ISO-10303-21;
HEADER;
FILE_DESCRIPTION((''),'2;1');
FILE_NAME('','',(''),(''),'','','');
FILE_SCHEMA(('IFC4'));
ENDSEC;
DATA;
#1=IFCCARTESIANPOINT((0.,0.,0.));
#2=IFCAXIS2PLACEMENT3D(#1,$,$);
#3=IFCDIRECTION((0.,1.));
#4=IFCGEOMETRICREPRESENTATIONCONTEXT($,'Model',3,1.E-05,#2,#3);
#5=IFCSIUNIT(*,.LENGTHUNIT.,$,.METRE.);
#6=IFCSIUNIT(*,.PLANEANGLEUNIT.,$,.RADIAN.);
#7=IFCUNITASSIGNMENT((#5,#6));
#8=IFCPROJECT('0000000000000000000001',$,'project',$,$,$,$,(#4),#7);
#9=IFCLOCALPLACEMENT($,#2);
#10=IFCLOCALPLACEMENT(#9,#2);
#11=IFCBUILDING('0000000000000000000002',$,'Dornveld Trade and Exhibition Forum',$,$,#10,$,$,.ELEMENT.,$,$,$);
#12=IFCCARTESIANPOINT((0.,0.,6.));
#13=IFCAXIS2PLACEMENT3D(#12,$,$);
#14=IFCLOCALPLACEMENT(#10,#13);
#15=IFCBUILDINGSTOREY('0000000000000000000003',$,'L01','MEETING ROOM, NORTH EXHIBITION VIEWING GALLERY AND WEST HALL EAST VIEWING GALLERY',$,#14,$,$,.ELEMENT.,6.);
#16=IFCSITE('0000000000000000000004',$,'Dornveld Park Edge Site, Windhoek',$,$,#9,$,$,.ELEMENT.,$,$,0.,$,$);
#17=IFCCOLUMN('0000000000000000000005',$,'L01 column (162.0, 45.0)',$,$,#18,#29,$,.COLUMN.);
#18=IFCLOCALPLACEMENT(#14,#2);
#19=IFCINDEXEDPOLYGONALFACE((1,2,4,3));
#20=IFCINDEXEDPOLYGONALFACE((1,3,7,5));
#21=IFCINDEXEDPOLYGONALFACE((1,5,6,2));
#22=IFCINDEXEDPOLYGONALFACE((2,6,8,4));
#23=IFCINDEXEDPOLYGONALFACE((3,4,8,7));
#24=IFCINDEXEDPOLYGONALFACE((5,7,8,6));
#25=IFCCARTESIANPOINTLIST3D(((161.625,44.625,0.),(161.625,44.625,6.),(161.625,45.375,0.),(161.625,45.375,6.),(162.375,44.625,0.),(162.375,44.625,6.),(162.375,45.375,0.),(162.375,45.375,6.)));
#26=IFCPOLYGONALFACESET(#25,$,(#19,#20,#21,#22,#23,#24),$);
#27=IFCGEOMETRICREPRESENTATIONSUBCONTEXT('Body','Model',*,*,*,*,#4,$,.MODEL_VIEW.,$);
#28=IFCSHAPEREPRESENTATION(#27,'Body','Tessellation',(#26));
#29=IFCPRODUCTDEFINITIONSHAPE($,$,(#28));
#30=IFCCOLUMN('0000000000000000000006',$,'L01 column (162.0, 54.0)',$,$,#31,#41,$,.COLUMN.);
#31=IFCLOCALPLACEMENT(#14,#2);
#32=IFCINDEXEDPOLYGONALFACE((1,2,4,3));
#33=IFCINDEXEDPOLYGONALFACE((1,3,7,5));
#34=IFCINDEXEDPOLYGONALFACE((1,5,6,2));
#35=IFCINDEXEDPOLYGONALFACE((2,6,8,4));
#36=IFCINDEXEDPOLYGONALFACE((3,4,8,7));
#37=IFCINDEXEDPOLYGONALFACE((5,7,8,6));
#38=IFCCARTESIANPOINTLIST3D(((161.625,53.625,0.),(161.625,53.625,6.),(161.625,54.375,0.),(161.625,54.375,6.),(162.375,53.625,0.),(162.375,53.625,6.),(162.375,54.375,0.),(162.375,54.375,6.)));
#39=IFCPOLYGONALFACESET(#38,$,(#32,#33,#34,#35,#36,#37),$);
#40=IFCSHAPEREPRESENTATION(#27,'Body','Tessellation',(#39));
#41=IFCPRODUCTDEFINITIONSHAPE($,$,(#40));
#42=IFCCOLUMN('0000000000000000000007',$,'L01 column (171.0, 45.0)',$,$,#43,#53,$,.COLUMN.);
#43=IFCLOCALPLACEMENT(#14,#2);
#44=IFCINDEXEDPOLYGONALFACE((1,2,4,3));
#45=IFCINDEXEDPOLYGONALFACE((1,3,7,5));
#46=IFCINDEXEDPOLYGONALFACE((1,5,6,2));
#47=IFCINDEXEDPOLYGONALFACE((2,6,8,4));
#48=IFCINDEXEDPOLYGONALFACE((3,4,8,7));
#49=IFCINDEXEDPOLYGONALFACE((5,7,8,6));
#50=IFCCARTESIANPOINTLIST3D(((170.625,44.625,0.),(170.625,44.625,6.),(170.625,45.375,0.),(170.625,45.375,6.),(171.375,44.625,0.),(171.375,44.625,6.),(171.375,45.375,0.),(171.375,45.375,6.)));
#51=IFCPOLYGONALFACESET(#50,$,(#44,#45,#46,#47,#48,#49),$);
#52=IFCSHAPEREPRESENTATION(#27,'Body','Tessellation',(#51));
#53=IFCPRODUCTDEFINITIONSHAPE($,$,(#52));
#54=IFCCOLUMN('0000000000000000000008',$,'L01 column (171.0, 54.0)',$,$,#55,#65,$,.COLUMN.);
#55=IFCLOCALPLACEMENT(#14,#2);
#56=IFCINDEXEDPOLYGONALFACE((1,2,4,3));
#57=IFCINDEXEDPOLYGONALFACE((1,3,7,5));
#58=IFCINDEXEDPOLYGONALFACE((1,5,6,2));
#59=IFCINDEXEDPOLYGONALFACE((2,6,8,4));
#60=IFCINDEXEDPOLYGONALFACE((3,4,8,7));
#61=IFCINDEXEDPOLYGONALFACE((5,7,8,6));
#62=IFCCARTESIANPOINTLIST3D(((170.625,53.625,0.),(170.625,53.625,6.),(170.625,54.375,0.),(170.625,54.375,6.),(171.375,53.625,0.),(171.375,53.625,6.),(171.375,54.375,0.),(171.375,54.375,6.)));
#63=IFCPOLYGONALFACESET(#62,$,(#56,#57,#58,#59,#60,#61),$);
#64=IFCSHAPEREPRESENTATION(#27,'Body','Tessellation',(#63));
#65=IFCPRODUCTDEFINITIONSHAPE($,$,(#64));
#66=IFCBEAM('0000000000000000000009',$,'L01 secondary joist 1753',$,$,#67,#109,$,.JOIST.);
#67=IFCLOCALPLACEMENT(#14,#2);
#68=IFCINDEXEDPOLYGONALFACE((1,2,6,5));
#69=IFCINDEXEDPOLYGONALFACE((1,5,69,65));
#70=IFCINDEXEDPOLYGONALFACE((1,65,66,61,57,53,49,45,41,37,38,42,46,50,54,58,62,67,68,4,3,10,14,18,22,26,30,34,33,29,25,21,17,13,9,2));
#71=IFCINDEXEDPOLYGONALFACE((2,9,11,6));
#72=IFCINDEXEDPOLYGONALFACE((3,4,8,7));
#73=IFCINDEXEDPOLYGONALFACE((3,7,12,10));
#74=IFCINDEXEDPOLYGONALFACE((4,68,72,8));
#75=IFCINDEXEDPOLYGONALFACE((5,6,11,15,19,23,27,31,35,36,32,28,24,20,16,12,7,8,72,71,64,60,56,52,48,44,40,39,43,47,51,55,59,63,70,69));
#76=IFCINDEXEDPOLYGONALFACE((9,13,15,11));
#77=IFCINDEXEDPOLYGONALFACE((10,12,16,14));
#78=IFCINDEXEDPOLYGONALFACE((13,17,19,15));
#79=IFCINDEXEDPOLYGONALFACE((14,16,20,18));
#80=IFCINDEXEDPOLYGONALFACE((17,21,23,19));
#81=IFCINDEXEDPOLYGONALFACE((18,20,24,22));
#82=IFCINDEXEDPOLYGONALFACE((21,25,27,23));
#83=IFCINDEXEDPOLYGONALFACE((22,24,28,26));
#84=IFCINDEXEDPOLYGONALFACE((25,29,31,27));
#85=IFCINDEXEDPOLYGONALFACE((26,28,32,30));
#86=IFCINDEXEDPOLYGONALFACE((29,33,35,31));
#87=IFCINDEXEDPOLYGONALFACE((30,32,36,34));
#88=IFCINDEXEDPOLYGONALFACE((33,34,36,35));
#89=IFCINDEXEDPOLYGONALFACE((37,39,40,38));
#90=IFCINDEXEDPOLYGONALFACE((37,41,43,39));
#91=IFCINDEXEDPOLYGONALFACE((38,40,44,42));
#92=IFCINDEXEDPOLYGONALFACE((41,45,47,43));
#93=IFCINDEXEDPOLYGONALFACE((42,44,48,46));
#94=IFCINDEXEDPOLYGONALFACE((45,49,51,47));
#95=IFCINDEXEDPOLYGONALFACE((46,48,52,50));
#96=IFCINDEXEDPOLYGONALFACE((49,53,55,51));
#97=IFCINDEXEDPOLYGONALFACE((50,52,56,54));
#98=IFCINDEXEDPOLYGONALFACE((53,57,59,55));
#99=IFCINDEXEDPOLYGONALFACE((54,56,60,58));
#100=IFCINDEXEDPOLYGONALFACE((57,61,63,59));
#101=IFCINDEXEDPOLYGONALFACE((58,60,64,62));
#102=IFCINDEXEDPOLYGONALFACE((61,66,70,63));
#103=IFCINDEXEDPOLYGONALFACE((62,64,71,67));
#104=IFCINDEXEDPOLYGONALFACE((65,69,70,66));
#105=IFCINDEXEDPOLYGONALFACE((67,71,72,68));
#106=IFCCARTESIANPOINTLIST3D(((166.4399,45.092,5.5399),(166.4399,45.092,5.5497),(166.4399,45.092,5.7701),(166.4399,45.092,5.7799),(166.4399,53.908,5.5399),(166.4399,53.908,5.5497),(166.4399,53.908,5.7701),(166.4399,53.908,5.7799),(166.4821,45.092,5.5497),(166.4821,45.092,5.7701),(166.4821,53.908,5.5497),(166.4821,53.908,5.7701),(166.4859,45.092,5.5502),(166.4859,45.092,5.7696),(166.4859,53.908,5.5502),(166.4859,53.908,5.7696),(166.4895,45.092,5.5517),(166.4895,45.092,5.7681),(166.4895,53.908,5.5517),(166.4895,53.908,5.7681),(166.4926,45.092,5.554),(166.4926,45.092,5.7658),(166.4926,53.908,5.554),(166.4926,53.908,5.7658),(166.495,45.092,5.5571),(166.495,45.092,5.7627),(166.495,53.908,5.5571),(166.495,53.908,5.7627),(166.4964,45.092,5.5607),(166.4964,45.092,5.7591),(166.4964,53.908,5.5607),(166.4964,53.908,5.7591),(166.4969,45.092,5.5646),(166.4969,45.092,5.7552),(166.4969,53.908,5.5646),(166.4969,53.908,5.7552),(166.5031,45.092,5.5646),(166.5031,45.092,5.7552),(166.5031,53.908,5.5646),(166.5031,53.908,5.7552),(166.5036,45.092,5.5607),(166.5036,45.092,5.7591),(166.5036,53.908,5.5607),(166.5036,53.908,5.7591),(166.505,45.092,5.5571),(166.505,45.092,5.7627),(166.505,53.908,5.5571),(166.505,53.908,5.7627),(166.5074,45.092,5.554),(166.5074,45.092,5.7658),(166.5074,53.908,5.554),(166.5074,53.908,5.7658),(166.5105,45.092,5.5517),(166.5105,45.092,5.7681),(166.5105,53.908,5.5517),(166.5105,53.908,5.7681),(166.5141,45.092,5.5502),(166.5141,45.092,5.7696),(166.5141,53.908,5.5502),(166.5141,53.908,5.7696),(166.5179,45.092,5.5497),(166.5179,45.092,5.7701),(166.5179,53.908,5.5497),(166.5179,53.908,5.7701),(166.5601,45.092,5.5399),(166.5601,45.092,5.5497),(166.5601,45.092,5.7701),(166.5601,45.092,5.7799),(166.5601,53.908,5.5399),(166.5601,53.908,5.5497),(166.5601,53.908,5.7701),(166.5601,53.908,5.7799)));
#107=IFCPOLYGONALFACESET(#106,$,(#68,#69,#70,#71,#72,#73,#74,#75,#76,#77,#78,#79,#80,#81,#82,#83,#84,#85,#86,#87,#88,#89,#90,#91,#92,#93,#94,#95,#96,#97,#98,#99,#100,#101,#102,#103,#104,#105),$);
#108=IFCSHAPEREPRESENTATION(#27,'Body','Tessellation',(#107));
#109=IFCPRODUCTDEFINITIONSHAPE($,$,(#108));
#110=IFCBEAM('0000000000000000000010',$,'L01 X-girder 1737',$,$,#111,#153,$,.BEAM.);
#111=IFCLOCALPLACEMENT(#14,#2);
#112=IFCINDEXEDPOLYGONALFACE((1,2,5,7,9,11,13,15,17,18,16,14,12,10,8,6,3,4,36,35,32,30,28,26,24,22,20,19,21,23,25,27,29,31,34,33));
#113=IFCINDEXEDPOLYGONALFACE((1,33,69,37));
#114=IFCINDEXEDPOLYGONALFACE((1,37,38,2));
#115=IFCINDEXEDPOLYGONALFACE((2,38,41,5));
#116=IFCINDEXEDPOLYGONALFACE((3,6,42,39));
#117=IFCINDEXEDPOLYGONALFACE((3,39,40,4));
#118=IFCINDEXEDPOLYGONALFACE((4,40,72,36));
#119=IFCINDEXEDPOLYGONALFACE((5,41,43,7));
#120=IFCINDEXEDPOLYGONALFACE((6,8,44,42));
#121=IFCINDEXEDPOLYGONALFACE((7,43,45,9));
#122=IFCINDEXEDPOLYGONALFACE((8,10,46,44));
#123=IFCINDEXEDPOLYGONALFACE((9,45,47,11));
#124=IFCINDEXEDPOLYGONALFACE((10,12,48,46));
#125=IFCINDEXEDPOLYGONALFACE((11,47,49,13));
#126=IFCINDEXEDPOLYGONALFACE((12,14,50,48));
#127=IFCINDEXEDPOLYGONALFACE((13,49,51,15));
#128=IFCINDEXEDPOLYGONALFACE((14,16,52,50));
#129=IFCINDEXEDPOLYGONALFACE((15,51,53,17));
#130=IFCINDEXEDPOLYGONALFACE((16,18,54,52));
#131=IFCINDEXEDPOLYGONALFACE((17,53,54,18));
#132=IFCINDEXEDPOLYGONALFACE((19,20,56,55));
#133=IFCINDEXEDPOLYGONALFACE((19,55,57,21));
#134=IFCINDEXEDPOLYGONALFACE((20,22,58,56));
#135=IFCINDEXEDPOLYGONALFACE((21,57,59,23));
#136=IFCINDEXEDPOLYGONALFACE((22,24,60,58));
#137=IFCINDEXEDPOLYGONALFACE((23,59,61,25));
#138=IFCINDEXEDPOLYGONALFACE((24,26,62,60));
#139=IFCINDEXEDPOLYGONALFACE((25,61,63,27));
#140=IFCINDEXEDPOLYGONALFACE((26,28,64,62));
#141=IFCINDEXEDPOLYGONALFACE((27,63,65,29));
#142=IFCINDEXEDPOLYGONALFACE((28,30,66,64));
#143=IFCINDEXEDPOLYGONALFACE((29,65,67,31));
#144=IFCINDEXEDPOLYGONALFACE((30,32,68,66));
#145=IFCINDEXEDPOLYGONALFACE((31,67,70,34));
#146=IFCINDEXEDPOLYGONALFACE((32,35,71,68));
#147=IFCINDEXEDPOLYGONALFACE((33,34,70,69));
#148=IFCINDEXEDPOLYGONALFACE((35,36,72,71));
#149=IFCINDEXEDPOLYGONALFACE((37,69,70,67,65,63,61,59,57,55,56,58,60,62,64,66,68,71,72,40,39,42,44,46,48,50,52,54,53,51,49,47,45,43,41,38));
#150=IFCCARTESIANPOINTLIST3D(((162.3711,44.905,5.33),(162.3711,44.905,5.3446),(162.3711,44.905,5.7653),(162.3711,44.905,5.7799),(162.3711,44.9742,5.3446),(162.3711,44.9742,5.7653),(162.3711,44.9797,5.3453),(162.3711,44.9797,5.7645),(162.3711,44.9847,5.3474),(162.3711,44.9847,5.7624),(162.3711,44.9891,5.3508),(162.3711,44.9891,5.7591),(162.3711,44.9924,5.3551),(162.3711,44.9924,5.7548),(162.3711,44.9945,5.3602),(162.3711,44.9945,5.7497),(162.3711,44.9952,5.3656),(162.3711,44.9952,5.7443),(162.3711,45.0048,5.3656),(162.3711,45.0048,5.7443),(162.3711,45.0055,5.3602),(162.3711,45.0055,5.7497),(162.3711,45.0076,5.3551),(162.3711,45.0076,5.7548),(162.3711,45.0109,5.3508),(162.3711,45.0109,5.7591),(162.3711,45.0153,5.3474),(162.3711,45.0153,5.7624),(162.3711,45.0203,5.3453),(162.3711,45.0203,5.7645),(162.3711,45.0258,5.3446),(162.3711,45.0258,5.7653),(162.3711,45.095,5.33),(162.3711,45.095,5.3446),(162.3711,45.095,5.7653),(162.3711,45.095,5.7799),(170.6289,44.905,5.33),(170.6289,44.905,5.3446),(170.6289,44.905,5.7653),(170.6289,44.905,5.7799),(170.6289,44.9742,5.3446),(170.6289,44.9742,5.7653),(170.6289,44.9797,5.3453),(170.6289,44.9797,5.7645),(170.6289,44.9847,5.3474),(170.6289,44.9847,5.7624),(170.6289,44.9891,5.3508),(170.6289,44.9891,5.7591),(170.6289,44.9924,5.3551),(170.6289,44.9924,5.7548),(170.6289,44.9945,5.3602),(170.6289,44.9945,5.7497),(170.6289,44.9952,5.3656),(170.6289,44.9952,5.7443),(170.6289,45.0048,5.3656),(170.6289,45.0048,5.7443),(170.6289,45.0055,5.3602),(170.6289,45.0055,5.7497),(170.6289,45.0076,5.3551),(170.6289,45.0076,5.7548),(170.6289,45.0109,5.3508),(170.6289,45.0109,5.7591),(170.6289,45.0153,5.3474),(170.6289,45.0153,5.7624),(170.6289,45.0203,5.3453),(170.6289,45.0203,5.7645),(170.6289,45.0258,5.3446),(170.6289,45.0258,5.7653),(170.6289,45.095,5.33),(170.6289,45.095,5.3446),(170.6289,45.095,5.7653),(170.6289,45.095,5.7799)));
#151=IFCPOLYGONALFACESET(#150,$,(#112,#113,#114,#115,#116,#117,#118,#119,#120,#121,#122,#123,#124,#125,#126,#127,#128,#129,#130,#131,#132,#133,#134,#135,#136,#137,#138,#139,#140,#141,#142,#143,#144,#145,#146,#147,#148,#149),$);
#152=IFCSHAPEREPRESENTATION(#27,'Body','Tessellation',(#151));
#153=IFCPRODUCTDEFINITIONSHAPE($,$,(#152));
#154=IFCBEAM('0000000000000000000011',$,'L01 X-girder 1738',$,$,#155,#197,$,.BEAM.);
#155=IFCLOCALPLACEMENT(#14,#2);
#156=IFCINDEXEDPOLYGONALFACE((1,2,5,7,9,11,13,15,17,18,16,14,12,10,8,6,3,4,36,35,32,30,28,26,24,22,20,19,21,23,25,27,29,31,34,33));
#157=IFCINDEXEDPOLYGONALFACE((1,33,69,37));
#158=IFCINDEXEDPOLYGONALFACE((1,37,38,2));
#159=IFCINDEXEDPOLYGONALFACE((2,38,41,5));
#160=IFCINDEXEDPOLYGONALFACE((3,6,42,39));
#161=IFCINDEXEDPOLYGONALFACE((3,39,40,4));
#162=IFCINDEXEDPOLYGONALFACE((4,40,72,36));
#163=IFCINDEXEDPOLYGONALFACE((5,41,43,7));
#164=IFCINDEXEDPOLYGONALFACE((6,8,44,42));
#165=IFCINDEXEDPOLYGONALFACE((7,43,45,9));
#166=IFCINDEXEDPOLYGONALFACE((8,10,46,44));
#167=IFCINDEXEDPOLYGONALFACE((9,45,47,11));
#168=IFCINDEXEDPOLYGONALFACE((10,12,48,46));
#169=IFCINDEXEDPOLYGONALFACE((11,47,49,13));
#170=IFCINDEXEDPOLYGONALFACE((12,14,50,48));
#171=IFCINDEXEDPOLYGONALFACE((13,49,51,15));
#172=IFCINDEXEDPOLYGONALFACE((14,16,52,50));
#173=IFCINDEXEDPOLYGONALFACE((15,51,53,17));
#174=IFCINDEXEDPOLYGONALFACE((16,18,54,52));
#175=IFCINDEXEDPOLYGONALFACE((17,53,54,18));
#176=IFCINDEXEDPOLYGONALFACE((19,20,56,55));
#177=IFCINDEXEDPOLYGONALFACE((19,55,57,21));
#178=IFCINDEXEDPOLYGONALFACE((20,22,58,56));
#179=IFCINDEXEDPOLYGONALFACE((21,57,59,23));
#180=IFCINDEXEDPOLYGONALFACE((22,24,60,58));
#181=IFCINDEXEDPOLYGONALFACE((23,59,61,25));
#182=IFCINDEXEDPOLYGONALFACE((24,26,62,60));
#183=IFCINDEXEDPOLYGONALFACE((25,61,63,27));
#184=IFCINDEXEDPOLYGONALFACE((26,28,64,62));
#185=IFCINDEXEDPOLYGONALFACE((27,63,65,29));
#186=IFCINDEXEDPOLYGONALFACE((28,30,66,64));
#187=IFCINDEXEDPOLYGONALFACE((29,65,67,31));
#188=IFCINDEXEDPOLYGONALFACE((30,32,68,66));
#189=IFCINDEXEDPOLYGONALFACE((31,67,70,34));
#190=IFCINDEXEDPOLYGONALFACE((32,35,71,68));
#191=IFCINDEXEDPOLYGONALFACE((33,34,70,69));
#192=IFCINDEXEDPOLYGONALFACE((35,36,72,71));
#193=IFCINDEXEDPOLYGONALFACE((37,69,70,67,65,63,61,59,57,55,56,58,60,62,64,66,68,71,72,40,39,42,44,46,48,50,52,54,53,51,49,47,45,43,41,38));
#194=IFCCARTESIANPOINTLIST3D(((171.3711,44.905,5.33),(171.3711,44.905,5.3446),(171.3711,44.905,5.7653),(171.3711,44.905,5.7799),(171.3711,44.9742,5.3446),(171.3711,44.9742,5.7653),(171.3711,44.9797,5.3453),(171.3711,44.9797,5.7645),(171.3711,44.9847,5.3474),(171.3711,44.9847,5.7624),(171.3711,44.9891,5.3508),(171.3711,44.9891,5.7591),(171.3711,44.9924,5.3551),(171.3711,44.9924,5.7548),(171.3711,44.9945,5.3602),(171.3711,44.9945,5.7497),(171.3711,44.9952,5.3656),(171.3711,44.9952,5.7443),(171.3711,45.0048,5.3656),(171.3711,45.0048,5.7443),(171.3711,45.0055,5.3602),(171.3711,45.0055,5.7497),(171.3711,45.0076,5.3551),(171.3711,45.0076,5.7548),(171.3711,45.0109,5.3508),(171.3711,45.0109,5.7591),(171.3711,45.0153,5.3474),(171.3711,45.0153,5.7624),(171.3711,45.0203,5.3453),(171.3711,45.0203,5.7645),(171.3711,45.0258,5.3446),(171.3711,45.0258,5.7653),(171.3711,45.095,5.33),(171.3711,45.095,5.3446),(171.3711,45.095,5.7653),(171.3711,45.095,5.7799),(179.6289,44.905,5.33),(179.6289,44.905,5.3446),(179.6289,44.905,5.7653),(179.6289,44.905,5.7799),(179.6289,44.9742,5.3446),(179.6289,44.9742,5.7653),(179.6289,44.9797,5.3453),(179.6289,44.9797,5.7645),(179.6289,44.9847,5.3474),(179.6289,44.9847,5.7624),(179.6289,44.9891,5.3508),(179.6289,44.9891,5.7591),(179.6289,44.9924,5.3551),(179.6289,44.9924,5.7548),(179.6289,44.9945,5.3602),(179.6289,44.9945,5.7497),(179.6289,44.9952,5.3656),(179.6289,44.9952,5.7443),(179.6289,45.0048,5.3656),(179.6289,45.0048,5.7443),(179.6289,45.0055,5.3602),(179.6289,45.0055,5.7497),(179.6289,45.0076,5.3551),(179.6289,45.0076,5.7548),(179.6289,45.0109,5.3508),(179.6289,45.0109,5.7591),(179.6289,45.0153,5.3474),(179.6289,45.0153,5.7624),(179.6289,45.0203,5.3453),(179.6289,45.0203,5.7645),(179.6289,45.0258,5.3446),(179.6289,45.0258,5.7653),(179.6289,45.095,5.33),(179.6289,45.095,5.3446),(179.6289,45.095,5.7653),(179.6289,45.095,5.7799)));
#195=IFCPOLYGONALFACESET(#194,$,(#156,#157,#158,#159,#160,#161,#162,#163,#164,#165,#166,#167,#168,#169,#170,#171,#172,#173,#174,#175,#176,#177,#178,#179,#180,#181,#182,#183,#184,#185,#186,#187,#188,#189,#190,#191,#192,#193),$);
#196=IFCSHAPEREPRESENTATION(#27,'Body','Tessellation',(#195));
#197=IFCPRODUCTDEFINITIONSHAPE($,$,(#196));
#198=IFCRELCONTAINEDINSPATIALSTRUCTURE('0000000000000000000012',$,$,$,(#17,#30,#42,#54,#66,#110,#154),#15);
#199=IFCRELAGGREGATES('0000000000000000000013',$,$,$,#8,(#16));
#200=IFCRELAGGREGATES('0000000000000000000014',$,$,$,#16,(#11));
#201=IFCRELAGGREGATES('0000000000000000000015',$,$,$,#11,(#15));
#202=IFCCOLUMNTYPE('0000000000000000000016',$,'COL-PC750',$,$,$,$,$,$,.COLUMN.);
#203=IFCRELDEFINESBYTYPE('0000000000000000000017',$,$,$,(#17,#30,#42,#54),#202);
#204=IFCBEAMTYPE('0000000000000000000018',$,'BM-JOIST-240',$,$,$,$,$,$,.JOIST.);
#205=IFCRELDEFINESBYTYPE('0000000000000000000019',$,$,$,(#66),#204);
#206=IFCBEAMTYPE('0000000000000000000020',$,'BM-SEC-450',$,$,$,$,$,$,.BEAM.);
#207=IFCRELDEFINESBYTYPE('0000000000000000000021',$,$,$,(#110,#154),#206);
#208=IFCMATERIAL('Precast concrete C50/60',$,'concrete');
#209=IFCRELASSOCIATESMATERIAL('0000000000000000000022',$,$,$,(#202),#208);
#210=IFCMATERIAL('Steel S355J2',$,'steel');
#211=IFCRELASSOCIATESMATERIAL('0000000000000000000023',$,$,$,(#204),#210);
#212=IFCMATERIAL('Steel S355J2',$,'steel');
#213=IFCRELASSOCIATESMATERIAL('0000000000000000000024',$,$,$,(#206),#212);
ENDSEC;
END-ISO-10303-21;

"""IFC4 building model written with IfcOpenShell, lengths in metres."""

from ifc_helpers import new_model, si_unit, direction, frame, origin, origin_2d, place, context, subcontext, project, spatial, rectangle, i_section, extrude, material, material_profile, profile_set, type_object, element, save


model = new_model("IFC4")

# Units and contexts
model_context = context("Model", 3, precision=1e-05, world=origin(), true_north=direction((0.0, 1.0)))
body_context = subcontext(model_context, "Body", "Model", "MODEL_VIEW")
ifc_project = project(units=[si_unit("LENGTHUNIT", "METRE"), si_unit("PLANEANGLEUNIT", "RADIAN")], contexts=[model_context])

# Site, building, storey
site_placement = place(None, origin())
site = spatial("IfcSite", under=ifc_project, at=site_placement, Name="Dornveld Park Edge Site, Windhoek", CompositionType="ELEMENT", RefElevation=0.0)
building_placement = place(site_placement, origin())
building = spatial("IfcBuilding", under=site, at=building_placement, Name="Dornveld Trade and Exhibition Forum", CompositionType="ELEMENT")
storey_placement = place(building_placement, frame((0.0, 0.0, 6.0)))
storey = spatial("IfcBuildingStorey", under=building, at=storey_placement, Name="L01", Description="MEETING ROOM, NORTH EXHIBITION VIEWING GALLERY AND WEST HALL EAST VIEWING GALLERY", CompositionType="ELEMENT", Elevation=6.0)

# Columns
ifc_material_1 = material(Name="Precast concrete C50/60", Category="concrete")
ifc_material_profile_1 = material_profile(ifc_material_1, rectangle(XDim=0.75, YDim=0.75, at=origin_2d()), Name="PC-COL 750x750")
ifc_profile_set_1 = profile_set([ifc_material_profile_1], Name="Precast concrete C50/60")
column_type = type_object("IfcColumnType", Name="COL-PC750", PredefinedType="COLUMN", material=ifc_profile_set_1)
for number, where, z_axis, x_axis, name in (
    (1, (162.0, 45.0, 0.0), (0.0, 0.0, 1.0), (1.0, 0.0, 0.0), "L01 column (162.0, 45.0)"),
    (2, (162.0, 54.0, 0.0), (0.0, 0.0, 1.0), (1.0, 0.0, 0.0), "L01 column (162.0, 54.0)"),
    (3, (171.0, 45.0, 0.0), (0.0, 0.0, 1.0), (1.0, 0.0, 0.0), "L01 column (171.0, 45.0)"),
    (4, (171.0, 54.0, 0.0), (0.0, 0.0, 1.0), (1.0, 0.0, 0.0), "L01 column (171.0, 54.0)"),
):
    element("IfcColumn", number, at=place(storey_placement, frame(where, z_axis=z_axis, x_axis=x_axis)), inside=storey, type_object=column_type, Name=name, PredefinedType="COLUMN", context=body_context, shape_type="SweptSolid", body=[
        extrude(rectangle(XDim=0.75, YDim=0.75, at=origin_2d()), origin(), (0.0, 0.0, 1.0), 6.0),
    ])

# Beams
ifc_material_2 = material(Name="Steel S355J2", Category="steel")
ifc_material_profile_2 = material_profile(ifc_material_2, i_section(OverallWidth=0.1201, OverallDepth=0.24, WebThickness=0.0061, FlangeThickness=0.0098, FilletRadius=0.0149, at=origin_2d()), Name="IPE 240")
ifc_profile_set_2 = profile_set([ifc_material_profile_2], Name="Steel S355J2")
beam_type_1 = type_object("IfcBeamType", Name="BM-JOIST-240", PredefinedType="JOIST", material=ifc_profile_set_2)
beam_placement = place(storey_placement, frame((166.5, 45.092, 5.6599), z_axis=(0.0, 1.0, 0.0), x_axis=(-1.0, 0.0, 0.0)))
element("IfcBeam", 5, at=beam_placement, inside=storey, type_object=beam_type_1, Name="L01 secondary joist 1753", PredefinedType="JOIST", context=body_context, shape_type="SweptSolid", body=[
    extrude(i_section(OverallWidth=0.1201, OverallDepth=0.24, WebThickness=0.0061, FlangeThickness=0.0098, FilletRadius=0.0149, at=origin_2d()), origin(), (0.0, 0.0, 1.0), 8.8159),
])
ifc_material_3 = material(Name="Steel S355J2", Category="steel")
ifc_material_profile_3 = material_profile(ifc_material_3, i_section(OverallWidth=0.1899, OverallDepth=0.45, WebThickness=0.0095, FlangeThickness=0.0146, FilletRadius=0.021, at=origin_2d()), Name="IPE 450")
ifc_profile_set_3 = profile_set([ifc_material_profile_3], Name="Steel S355J2")
beam_type_2 = type_object("IfcBeamType", Name="BM-SEC-450", PredefinedType="BEAM", material=ifc_profile_set_3)
for number, where, z_axis, x_axis, name in (
    (6, (162.3711, 45.0, 5.5549), (1.0, 0.0, 0.0), (0.0, 1.0, 0.0), "L01 X-girder 1737"),
    (7, (171.3711, 45.0, 5.5549), (1.0, 0.0, 0.0), (0.0, 1.0, 0.0), "L01 X-girder 1738"),
):
    element("IfcBeam", number, at=place(storey_placement, frame(where, z_axis=z_axis, x_axis=x_axis)), inside=storey, type_object=beam_type_2, Name=name, PredefinedType="BEAM", context=body_context, shape_type="SweptSolid", body=[
        extrude(i_section(OverallWidth=0.1899, OverallDepth=0.45, WebThickness=0.0095, FlangeThickness=0.0146, FilletRadius=0.021, at=origin_2d()), origin(), (0.0, 0.0, 1.0), 8.2578),
    ])

save(model, "model.ifc")
